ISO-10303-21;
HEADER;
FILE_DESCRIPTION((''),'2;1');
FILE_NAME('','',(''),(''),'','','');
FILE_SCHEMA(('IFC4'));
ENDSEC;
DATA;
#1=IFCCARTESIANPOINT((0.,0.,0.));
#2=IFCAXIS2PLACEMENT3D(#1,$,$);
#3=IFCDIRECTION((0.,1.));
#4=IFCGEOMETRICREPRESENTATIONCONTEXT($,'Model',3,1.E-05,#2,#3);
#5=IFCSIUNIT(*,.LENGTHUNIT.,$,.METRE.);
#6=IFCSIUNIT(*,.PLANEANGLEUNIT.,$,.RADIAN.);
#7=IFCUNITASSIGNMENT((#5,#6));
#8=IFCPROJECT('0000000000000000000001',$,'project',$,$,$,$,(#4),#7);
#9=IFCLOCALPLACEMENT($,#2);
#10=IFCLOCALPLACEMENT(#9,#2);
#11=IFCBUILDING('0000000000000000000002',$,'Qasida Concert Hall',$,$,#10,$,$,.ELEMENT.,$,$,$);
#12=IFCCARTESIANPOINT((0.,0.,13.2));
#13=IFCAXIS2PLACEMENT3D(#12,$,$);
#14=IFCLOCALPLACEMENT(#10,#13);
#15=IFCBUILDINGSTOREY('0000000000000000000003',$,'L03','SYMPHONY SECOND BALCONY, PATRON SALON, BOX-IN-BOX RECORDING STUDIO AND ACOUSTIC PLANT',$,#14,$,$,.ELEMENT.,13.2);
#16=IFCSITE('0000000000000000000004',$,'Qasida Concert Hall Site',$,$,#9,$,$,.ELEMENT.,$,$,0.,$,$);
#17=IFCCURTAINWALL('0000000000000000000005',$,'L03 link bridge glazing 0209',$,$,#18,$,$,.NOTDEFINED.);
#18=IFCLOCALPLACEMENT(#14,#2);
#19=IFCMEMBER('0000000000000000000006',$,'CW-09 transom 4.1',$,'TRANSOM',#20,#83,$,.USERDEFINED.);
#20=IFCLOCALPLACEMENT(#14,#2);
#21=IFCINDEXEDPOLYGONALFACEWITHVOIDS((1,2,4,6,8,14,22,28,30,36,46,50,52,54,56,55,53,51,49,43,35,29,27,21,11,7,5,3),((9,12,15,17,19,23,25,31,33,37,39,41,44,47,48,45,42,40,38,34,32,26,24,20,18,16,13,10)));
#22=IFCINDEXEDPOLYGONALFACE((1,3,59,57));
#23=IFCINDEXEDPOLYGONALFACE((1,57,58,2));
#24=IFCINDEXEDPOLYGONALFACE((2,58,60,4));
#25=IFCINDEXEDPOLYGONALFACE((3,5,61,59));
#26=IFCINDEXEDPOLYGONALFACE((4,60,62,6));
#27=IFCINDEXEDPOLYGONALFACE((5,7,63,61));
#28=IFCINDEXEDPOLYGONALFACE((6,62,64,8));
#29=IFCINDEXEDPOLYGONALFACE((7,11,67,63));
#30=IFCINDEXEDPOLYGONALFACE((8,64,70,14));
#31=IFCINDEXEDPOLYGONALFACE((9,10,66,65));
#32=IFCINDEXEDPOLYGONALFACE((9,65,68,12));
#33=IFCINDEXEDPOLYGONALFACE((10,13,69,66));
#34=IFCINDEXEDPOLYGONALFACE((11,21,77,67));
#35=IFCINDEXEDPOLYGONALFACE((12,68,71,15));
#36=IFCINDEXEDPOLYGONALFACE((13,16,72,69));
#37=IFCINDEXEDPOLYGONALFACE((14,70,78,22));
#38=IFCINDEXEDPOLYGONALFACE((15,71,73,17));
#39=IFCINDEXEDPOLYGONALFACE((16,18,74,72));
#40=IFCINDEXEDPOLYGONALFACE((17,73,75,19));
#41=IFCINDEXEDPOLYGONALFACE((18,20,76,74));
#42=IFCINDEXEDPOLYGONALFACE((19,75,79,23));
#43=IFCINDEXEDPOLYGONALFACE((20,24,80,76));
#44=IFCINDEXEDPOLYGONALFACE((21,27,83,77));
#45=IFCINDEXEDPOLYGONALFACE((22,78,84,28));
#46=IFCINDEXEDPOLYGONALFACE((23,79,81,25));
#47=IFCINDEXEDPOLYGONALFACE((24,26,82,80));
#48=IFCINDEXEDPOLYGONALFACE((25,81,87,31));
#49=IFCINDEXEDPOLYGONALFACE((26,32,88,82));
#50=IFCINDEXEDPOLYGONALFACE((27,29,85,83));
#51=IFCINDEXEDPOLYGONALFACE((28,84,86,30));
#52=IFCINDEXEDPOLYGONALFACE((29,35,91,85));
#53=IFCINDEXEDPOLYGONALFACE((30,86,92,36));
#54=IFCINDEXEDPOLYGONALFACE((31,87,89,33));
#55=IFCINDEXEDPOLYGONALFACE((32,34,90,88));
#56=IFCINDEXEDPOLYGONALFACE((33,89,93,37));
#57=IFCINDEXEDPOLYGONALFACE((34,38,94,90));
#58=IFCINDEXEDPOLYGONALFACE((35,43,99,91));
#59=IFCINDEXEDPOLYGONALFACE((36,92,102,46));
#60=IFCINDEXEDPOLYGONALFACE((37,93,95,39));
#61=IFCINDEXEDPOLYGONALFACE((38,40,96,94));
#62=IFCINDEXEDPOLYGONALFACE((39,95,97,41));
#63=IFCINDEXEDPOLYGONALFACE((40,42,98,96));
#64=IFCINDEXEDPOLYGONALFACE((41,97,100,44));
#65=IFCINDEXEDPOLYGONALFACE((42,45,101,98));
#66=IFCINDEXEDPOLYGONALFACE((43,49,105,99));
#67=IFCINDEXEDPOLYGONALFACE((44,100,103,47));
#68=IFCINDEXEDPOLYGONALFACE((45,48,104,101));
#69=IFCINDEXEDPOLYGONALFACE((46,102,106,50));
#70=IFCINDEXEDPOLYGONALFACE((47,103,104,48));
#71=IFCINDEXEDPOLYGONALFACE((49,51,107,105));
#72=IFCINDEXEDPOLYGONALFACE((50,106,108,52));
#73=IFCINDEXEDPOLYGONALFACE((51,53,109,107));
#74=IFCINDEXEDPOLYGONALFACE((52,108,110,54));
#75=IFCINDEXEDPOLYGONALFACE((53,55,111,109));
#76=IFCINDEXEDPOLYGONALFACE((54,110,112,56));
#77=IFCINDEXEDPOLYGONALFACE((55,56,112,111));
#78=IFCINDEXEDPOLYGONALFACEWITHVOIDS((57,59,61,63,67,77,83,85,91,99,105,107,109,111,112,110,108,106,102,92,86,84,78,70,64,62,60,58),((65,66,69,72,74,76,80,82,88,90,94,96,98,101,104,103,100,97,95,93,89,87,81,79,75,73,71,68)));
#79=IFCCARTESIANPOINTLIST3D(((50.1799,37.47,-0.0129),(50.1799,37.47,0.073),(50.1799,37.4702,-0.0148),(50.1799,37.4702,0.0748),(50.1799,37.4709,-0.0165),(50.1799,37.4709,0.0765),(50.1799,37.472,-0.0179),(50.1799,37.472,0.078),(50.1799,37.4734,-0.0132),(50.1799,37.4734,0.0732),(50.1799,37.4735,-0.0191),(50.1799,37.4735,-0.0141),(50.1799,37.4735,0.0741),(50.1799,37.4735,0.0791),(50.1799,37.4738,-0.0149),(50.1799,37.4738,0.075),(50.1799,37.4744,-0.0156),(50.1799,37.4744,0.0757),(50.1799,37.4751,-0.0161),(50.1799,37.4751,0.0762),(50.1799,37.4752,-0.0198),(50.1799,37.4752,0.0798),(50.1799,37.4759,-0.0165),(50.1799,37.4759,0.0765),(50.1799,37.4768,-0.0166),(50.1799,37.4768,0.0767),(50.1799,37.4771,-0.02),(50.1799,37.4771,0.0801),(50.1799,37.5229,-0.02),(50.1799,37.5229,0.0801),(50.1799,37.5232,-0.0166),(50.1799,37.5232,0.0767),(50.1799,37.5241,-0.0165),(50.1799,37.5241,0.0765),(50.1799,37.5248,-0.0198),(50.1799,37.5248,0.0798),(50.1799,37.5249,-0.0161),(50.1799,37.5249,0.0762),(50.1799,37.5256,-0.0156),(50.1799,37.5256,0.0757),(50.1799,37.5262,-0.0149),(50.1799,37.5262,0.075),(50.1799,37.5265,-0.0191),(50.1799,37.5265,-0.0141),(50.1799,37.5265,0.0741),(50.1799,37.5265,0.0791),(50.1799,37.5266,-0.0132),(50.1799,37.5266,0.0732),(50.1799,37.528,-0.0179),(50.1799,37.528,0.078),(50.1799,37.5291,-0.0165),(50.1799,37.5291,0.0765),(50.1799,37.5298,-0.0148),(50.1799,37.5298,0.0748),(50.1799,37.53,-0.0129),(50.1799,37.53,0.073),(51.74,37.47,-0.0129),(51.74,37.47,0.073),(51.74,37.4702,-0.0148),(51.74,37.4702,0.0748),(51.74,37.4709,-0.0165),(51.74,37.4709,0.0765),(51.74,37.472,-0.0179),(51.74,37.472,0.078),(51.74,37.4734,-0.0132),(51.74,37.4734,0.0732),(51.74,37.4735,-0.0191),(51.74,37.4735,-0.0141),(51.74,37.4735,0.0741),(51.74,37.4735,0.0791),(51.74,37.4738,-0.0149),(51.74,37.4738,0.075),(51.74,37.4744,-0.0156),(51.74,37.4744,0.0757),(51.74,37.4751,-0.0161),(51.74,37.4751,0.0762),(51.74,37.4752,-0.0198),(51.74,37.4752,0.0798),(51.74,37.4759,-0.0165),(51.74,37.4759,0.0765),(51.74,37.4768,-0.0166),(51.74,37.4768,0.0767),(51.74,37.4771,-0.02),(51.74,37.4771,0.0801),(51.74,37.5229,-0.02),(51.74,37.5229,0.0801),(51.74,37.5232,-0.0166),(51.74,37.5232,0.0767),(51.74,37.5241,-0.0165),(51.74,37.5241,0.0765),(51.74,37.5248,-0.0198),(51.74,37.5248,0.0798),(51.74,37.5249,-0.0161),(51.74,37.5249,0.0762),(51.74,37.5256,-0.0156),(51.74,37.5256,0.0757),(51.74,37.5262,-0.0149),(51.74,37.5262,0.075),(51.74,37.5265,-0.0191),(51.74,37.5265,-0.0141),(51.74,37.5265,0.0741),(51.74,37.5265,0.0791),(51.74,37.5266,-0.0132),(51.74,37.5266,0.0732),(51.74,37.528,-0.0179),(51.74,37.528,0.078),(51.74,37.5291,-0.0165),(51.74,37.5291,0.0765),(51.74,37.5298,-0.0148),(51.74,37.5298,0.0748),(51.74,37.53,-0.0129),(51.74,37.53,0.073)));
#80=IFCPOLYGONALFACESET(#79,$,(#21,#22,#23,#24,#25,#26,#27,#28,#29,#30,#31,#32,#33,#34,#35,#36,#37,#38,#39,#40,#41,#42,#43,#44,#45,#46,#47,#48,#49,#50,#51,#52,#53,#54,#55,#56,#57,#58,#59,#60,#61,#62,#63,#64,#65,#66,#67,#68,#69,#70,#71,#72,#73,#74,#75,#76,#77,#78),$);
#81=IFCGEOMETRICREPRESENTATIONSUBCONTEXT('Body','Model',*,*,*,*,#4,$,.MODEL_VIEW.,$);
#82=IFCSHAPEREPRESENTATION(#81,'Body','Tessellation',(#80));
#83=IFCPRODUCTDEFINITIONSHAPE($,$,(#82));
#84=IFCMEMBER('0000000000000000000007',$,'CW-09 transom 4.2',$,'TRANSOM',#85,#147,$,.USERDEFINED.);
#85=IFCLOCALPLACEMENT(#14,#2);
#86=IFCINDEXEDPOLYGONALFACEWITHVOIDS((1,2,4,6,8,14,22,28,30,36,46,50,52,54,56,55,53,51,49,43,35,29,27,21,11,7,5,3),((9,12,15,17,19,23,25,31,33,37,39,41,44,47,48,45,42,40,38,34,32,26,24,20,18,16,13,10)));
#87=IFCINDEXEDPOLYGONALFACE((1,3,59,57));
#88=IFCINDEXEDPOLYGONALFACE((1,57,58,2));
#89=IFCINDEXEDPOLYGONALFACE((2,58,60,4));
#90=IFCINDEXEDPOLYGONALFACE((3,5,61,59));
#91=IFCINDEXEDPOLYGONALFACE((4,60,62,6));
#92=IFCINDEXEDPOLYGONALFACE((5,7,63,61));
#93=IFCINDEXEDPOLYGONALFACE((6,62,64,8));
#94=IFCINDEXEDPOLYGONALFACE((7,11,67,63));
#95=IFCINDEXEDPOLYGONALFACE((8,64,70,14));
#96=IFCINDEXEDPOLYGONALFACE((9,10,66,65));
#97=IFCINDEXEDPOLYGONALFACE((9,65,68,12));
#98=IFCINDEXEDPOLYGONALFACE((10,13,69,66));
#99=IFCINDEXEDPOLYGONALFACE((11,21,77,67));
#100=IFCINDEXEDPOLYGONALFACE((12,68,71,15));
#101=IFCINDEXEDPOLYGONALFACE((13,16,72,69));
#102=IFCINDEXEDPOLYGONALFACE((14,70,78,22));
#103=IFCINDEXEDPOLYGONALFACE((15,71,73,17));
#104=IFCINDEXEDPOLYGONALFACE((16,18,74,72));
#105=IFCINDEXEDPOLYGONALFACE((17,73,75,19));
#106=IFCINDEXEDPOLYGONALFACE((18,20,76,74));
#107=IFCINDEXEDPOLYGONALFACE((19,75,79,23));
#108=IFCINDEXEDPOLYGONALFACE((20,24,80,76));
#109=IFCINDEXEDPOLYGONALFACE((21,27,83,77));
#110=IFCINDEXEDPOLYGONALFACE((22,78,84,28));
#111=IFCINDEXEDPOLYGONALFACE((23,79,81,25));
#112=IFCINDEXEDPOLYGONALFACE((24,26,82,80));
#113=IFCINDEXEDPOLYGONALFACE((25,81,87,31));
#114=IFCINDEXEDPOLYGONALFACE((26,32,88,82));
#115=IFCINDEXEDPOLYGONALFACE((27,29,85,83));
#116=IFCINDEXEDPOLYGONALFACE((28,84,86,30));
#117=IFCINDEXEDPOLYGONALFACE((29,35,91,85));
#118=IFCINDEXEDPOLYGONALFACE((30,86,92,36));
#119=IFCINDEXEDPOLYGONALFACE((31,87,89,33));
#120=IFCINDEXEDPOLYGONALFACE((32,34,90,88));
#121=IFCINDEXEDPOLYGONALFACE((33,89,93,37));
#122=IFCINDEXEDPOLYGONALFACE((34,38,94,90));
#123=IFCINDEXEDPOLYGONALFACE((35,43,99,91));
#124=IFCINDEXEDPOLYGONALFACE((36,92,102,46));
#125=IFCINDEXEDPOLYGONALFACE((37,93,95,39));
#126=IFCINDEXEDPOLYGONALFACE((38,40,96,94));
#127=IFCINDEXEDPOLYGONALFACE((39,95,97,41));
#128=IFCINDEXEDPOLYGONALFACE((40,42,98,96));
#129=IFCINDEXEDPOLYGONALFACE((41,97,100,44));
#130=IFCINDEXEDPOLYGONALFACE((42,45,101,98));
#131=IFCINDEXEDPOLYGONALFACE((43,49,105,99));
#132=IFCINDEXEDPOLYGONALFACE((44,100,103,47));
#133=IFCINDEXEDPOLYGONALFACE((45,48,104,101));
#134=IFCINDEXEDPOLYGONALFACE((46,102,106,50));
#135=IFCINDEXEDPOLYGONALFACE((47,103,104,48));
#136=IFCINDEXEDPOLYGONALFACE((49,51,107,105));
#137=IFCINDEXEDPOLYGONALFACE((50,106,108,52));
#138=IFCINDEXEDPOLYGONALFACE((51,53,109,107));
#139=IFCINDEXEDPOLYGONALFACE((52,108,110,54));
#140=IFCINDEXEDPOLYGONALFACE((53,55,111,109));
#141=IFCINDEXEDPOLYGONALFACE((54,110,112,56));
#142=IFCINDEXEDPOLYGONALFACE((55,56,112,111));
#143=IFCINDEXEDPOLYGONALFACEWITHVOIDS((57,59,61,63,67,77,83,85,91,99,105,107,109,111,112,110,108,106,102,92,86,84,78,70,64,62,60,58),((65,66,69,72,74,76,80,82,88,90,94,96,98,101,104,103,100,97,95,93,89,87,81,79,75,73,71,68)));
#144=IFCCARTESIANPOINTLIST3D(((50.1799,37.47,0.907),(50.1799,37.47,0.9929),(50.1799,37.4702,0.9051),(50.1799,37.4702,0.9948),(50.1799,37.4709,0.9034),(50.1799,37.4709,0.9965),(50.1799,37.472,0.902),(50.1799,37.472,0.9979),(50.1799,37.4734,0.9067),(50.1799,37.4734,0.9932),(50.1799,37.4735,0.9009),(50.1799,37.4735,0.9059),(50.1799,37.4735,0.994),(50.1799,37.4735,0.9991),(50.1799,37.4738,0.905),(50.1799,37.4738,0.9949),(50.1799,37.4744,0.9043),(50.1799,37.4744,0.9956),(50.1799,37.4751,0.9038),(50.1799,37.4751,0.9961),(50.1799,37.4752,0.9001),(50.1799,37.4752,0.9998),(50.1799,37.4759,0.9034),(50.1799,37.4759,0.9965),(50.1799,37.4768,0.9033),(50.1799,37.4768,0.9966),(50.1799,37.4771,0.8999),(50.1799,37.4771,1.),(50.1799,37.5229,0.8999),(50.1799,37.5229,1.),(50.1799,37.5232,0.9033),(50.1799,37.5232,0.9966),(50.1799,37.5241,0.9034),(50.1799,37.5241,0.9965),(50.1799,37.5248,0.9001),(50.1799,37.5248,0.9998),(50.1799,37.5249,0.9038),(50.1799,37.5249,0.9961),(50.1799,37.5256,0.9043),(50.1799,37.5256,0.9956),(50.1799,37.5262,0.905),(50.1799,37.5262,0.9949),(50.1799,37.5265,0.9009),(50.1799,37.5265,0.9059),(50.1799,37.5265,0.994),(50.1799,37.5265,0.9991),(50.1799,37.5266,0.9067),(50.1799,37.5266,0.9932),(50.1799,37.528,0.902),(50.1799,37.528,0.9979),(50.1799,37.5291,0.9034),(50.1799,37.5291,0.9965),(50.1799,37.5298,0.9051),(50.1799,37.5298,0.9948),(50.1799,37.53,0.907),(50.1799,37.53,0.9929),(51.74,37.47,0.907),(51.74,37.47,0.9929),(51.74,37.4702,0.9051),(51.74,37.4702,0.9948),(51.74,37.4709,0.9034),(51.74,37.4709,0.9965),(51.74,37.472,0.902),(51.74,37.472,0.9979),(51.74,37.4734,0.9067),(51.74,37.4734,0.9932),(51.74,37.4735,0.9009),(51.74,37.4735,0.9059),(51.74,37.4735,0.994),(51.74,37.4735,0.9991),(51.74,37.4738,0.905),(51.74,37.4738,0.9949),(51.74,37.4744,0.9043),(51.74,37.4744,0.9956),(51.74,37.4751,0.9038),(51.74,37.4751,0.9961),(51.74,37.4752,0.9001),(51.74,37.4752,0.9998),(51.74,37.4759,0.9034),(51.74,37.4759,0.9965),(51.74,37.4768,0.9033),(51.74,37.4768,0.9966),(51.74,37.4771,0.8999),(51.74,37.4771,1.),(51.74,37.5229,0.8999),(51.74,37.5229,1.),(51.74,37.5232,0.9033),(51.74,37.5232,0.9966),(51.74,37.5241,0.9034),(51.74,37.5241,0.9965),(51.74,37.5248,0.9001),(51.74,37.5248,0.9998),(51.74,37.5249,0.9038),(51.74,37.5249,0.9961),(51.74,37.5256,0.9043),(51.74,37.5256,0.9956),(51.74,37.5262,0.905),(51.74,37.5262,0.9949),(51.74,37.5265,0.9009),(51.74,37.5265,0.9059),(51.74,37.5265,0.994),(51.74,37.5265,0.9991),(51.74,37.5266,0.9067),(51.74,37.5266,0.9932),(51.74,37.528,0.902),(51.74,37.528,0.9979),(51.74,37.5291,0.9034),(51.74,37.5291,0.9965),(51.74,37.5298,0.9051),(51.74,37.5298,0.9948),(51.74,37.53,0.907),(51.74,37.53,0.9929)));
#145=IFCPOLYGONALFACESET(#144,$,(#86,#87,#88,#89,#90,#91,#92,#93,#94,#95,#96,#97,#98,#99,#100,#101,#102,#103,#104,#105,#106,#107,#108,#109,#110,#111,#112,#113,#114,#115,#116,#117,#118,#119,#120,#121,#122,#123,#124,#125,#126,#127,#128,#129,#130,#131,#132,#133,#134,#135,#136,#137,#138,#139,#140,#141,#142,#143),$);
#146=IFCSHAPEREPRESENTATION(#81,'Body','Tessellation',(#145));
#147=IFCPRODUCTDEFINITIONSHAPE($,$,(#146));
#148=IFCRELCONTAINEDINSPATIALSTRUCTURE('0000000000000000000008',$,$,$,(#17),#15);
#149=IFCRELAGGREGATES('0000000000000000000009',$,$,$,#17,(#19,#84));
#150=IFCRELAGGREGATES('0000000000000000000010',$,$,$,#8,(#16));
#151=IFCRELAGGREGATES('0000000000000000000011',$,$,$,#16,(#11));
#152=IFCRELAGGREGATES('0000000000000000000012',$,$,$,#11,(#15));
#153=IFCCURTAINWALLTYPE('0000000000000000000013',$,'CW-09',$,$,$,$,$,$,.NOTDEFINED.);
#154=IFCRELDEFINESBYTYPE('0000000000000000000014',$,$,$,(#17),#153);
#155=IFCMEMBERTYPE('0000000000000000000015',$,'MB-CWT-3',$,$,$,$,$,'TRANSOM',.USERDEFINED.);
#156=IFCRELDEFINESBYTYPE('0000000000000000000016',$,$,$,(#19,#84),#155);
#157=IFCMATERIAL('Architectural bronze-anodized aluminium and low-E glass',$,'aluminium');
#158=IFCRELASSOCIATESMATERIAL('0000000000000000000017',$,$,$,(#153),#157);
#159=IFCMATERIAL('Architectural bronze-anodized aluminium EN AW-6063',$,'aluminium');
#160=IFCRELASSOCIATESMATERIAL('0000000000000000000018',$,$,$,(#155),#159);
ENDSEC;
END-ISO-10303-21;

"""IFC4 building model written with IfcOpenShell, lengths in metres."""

from ifc_helpers import new_model, si_unit, direction, frame, origin, origin_2d, place, context, subcontext, project, spatial, hollow_rectangle, extrude, material, material_profile, profile_set, type_object, element, aggregate, save


model = new_model("IFC4")

# Units and contexts
model_context = context("Model", 3, precision=1e-05, world=origin(), true_north=direction((0.0, 1.0)))
body_context = subcontext(model_context, "Body", "Model", "MODEL_VIEW")
ifc_project = project(units=[si_unit("LENGTHUNIT", "METRE"), si_unit("PLANEANGLEUNIT", "RADIAN")], contexts=[model_context])

# Site, building, storey
site_placement = place(None, origin())
site = spatial("IfcSite", under=ifc_project, at=site_placement, Name="Qasida Concert Hall Site", CompositionType="ELEMENT", RefElevation=0.0)
building_placement = place(site_placement, origin())
building = spatial("IfcBuilding", under=site, at=building_placement, Name="Qasida Concert Hall", CompositionType="ELEMENT")
storey_placement = place(building_placement, frame((0.0, 0.0, 13.2)))
storey = spatial("IfcBuildingStorey", under=building, at=storey_placement, Name="L03", Description="SYMPHONY SECOND BALCONY, PATRON SALON, BOX-IN-BOX RECORDING STUDIO AND ACOUSTIC PLANT", CompositionType="ELEMENT", Elevation=13.2)

# Curtain wall, members
ifc_material_1 = material(Name="Architectural bronze-anodized aluminium and low-E glass", Category="aluminium")
curtain_wall_type = type_object("IfcCurtainWallType", Name="CW-09", PredefinedType="NOTDEFINED", material=ifc_material_1)
curtain_wall_placement = place(storey_placement, origin())
curtain_wall = element("IfcCurtainWall", 1, at=curtain_wall_placement, inside=storey, type_object=curtain_wall_type, Name="L03 link bridge glazing 0209", PredefinedType="NOTDEFINED")
ifc_material_2 = material(Name="Architectural bronze-anodized aluminium EN AW-6063", Category="aluminium")
ifc_material_profile_1 = material_profile(ifc_material_2, hollow_rectangle(XDim=0.0601, YDim=0.1001, WallThickness=0.0034, InnerFilletRadius=0.0034, OuterFilletRadius=0.0071, at=origin_2d()), Name="CWT 100x60x3.5")
ifc_profile_set_1 = profile_set([ifc_material_profile_1], Name="Architectural bronze-anodized aluminium EN AW-6063")
member_type_1 = type_object("IfcMemberType", Name="MB-CWT-3", ElementType="TRANSOM", PredefinedType="USERDEFINED", material=ifc_profile_set_1)
member_1_placement = place(storey_placement, frame((50.1799, 37.5, 0.03), z_axis=(1.0, 0.0, 0.0), x_axis=(0.0, 1.0, 0.0)))
member_1 = element("IfcMember", 2, at=member_1_placement, type_object=member_type_1, Name="CW-09 transom 4.1", ObjectType="TRANSOM", PredefinedType="USERDEFINED", context=body_context, shape_type="SweptSolid", body=[
    extrude(hollow_rectangle(XDim=0.0601, YDim=0.1001, WallThickness=0.0034, InnerFilletRadius=0.0034, OuterFilletRadius=0.0071, at=origin_2d()), origin(), (0.0, 0.0, 1.0), 1.5601),
])
member_2_placement = place(storey_placement, frame((50.1799, 37.5, 0.95), z_axis=(1.0, 0.0, 0.0), x_axis=(0.0, 1.0, 0.0)))
member_2 = element("IfcMember", 3, at=member_2_placement, type_object=member_type_1, Name="CW-09 transom 4.2", ObjectType="TRANSOM", PredefinedType="USERDEFINED", context=body_context, shape_type="SweptSolid", body=[
    extrude(hollow_rectangle(XDim=0.0601, YDim=0.1001, WallThickness=0.0034, InnerFilletRadius=0.0034, OuterFilletRadius=0.0071, at=origin_2d()), origin(), (0.0, 0.0, 1.0), 1.5601),
])
aggregate(curtain_wall, [member_1, member_2])

save(model, "model.ifc")
